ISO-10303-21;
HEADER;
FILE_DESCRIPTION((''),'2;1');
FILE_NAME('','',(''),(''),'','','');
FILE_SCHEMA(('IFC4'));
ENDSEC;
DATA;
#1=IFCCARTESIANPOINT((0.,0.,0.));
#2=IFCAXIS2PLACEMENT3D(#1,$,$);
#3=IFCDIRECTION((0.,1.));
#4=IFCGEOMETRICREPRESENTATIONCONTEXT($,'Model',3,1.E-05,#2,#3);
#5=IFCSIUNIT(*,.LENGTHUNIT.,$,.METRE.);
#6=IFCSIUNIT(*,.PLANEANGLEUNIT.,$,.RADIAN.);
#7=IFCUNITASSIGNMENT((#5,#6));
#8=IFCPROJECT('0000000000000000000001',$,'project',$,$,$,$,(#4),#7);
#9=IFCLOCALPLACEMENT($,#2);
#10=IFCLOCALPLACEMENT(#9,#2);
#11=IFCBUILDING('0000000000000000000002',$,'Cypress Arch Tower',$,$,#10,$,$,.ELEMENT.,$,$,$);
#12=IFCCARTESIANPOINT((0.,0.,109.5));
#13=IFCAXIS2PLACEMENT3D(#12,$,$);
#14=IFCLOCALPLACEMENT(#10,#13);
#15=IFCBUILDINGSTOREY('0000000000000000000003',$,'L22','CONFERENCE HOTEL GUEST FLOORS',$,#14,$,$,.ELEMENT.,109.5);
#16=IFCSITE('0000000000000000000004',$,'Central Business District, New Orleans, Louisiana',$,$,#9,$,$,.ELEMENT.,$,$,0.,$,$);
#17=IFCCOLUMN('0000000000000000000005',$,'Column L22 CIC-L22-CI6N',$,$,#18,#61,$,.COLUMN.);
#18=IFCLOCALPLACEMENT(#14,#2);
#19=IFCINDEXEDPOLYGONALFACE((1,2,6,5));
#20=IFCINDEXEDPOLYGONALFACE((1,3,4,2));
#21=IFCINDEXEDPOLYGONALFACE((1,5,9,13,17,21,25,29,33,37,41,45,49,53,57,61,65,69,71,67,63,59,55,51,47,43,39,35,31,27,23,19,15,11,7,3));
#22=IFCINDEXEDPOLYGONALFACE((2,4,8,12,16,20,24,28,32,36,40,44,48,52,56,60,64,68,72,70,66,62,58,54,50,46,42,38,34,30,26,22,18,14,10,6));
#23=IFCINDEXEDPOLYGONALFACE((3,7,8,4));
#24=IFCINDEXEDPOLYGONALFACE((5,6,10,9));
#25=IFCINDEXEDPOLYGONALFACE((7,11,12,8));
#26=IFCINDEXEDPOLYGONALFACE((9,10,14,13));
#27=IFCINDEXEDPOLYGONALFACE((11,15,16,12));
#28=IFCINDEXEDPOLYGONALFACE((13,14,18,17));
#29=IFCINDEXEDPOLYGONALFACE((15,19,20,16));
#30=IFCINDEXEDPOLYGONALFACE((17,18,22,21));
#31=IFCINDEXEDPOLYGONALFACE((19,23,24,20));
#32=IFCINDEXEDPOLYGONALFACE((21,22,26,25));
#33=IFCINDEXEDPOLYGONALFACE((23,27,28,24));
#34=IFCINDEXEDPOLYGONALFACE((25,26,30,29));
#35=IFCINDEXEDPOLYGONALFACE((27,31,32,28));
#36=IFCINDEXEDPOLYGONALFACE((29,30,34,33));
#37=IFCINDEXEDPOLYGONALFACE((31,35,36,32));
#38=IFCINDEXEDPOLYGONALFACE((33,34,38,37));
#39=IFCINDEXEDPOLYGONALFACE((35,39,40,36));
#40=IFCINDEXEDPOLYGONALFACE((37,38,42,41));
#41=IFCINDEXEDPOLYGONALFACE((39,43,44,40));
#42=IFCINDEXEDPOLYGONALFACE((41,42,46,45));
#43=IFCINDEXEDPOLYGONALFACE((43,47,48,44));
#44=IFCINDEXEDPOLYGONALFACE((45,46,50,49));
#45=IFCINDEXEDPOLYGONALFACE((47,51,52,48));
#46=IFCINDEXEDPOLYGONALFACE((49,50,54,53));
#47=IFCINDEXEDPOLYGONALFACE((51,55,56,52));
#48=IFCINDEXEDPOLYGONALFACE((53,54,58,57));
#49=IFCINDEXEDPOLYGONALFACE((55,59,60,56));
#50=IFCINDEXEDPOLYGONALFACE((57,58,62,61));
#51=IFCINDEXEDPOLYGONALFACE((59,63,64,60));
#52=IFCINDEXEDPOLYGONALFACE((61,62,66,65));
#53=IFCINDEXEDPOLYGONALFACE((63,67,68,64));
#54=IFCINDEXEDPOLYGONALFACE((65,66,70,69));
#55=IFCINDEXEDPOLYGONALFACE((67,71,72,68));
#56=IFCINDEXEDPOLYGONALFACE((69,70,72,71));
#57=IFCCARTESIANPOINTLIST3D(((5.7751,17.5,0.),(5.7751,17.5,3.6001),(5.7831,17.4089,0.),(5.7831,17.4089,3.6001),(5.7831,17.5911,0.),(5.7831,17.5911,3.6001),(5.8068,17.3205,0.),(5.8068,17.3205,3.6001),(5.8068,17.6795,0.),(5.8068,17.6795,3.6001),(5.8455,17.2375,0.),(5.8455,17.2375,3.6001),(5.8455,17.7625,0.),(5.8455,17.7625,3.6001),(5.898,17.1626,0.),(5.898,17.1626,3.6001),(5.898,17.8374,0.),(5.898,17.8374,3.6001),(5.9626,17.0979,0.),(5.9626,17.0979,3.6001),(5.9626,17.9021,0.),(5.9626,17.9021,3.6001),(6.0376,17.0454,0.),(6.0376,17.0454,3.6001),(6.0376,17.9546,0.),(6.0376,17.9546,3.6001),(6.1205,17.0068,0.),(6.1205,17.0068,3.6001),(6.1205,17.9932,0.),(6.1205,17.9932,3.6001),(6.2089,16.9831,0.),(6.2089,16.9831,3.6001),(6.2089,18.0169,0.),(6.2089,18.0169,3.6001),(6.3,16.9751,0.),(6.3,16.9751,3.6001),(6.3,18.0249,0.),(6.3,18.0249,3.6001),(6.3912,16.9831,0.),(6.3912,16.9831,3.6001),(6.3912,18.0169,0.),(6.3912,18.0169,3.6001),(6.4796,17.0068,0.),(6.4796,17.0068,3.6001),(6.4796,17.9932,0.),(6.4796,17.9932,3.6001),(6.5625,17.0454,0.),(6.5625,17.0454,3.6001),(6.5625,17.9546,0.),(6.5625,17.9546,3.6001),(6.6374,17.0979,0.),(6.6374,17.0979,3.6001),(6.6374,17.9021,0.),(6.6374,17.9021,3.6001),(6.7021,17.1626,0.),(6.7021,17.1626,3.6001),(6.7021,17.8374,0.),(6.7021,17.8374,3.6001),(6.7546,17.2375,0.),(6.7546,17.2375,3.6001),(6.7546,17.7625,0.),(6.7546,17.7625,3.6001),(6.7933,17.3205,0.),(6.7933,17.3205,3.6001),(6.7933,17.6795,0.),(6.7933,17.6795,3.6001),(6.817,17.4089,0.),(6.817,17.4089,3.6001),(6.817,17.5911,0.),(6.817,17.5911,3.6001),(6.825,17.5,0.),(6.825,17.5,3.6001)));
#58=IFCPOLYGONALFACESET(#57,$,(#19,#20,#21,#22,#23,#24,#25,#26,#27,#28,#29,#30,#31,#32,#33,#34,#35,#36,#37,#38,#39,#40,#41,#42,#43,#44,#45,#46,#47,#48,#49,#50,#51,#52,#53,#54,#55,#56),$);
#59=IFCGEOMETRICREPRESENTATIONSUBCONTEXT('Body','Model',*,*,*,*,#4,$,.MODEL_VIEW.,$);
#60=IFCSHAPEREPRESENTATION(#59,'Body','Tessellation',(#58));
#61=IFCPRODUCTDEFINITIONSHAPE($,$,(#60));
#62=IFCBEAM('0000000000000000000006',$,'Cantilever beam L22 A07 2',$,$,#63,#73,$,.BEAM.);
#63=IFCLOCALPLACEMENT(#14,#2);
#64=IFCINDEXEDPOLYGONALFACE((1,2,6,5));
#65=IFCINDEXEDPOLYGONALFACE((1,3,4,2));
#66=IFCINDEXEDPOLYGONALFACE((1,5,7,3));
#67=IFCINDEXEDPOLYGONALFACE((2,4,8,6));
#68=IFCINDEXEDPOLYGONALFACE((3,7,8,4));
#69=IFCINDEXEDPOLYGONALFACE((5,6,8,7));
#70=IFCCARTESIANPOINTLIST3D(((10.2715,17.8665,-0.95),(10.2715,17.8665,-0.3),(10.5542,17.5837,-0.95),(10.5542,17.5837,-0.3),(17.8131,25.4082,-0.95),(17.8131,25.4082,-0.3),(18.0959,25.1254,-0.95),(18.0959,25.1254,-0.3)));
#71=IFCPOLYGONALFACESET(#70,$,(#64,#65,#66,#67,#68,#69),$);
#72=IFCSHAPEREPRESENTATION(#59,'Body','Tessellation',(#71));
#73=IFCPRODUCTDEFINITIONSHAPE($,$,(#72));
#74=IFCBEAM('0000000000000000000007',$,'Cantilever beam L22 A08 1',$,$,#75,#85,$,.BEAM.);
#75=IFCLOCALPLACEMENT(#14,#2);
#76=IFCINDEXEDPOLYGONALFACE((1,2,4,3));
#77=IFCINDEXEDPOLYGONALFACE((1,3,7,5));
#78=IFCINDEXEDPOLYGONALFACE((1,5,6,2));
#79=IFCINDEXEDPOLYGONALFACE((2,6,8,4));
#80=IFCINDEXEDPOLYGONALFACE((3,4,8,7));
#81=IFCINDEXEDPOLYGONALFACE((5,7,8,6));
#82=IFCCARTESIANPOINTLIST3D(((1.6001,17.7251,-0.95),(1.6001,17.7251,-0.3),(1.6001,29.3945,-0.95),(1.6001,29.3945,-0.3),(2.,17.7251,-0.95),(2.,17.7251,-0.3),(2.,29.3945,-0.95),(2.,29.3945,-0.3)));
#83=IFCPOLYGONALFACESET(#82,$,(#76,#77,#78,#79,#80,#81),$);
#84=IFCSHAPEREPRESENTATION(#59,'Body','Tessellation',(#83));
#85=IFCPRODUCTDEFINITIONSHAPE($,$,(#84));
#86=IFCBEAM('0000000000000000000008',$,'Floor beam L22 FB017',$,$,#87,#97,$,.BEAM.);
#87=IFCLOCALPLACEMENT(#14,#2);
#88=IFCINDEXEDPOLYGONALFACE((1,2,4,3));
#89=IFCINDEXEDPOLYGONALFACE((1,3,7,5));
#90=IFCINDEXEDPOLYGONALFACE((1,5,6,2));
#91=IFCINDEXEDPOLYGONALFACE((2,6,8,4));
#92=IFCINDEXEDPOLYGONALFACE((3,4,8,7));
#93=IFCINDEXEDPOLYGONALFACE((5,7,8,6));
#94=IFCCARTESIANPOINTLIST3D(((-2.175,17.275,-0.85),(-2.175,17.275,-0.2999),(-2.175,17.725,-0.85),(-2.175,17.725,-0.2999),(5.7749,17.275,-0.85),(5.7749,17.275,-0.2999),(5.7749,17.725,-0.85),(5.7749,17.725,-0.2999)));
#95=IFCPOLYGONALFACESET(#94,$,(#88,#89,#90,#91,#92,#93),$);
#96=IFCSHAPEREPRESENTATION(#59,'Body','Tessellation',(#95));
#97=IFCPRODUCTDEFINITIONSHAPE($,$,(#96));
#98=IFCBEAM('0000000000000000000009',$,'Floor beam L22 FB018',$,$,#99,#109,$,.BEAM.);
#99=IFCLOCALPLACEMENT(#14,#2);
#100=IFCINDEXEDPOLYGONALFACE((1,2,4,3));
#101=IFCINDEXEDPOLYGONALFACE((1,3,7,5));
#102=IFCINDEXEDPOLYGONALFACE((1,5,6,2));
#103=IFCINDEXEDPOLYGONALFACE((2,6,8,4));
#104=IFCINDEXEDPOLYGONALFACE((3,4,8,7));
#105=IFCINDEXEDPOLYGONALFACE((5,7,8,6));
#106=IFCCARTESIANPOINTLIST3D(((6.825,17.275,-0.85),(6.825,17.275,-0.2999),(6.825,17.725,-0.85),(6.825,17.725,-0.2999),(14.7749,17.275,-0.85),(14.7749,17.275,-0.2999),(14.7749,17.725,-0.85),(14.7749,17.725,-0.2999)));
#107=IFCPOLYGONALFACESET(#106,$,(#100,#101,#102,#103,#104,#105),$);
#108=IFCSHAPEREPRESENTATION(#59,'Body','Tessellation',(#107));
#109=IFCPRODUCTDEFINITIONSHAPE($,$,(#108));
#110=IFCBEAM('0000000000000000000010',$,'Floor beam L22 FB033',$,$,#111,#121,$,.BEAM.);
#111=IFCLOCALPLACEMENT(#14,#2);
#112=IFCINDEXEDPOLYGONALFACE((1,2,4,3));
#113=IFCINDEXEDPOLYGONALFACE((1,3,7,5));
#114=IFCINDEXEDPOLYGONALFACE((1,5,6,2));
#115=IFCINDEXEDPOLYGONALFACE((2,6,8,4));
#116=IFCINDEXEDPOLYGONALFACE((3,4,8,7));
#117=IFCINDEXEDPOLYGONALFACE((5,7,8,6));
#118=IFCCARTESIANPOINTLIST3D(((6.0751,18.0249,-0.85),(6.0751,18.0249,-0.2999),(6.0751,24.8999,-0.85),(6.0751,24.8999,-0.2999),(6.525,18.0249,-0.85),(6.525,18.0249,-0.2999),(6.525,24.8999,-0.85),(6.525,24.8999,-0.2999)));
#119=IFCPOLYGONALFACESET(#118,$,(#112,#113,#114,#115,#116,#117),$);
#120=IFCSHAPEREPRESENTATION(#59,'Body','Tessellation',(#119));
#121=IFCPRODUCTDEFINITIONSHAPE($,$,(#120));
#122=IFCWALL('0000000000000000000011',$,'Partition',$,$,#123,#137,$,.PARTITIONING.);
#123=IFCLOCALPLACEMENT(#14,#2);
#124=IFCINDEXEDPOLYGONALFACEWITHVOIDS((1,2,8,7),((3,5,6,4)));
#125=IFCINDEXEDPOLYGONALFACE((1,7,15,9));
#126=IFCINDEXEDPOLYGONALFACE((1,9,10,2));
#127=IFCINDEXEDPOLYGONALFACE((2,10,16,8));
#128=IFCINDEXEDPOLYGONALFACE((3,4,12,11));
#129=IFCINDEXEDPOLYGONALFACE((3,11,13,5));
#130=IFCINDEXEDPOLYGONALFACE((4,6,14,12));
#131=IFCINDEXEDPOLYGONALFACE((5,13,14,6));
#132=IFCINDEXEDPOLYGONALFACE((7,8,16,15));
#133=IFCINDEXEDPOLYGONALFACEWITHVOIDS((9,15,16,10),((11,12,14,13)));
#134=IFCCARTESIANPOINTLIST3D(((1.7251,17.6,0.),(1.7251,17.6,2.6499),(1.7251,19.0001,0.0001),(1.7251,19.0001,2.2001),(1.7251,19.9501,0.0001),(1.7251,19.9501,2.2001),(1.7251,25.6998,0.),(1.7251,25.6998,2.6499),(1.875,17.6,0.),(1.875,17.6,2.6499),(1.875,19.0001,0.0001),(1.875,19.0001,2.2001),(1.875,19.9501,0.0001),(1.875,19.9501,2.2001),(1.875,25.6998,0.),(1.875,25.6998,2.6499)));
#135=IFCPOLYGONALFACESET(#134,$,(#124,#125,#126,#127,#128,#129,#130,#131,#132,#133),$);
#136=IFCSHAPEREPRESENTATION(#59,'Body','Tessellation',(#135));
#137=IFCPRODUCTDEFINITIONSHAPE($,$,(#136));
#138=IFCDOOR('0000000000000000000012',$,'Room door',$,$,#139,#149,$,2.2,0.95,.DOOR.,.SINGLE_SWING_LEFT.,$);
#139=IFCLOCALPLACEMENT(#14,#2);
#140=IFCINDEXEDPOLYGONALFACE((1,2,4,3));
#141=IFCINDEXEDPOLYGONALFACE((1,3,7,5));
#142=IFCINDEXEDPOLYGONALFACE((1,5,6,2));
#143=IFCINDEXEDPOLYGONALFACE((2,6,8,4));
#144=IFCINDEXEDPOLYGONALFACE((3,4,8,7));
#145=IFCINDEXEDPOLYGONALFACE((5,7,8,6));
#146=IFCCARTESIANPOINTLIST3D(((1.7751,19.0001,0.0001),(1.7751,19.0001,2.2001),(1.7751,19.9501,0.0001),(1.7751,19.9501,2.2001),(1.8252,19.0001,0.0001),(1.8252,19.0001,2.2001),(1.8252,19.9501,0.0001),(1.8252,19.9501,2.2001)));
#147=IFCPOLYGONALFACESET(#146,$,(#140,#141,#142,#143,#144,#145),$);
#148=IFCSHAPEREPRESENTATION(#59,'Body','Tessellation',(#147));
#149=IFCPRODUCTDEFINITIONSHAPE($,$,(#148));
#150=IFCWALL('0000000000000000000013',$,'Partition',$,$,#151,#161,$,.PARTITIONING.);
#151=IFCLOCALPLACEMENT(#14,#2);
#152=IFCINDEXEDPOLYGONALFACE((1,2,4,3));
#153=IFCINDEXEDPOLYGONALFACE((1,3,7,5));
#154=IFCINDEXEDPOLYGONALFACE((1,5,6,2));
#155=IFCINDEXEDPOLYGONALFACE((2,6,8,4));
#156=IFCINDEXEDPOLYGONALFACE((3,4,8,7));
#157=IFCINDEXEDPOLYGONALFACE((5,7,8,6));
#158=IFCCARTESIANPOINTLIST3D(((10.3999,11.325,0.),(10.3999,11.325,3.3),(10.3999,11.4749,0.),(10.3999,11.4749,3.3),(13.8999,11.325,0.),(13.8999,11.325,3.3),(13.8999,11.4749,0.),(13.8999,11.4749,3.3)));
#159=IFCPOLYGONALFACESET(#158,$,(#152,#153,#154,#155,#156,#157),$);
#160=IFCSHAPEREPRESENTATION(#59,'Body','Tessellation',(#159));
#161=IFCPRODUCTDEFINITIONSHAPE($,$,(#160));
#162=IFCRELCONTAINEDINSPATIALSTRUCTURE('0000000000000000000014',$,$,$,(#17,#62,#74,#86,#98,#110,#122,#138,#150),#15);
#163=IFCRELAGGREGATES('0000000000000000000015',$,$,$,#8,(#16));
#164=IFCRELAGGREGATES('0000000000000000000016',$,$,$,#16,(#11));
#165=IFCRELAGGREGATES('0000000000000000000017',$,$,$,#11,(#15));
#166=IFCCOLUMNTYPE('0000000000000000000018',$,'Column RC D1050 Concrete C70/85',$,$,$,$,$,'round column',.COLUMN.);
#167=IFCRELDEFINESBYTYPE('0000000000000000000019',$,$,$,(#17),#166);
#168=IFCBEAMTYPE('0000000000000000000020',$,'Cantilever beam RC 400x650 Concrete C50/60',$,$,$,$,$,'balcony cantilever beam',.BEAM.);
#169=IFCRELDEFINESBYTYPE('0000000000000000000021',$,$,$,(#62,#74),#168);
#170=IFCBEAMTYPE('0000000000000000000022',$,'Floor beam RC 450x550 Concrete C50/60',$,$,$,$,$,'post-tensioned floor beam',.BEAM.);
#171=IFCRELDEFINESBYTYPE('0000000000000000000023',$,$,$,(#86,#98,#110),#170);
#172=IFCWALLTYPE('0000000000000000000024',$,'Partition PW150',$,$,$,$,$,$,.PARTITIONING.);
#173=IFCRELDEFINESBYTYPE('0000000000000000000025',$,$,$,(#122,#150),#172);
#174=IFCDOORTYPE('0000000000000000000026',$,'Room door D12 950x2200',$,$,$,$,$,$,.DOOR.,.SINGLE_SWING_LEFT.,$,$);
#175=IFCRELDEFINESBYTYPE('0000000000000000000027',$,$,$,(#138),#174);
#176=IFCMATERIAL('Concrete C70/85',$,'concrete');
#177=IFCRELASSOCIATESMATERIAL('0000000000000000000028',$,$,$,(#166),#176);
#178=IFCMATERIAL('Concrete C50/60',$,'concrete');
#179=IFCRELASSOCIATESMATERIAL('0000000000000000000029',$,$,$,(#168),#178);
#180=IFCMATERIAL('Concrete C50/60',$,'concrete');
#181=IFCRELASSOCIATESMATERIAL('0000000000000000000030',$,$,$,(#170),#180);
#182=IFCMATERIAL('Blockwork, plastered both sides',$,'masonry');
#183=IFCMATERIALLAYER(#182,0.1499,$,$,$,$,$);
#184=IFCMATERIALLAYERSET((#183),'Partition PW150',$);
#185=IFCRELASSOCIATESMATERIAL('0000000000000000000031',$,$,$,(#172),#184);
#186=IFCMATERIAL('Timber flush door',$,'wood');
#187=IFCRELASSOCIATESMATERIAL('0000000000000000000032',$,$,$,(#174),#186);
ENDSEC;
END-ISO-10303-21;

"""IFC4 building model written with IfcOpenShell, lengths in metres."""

from ifc_helpers import new_model, si_unit, direction, frame, frame_2d, origin, origin_2d, place, context, subcontext, project, spatial, rectangle, circle, extrude, material, layer, layer_set, material_profile, profile_set, type_object, element, fill, save


model = new_model("IFC4")

# Units and contexts
model_context = context("Model", 3, precision=1e-05, world=origin(), true_north=direction((0.0, 1.0)))
body_context = subcontext(model_context, "Body", "Model", "MODEL_VIEW")
ifc_project = project(units=[si_unit("LENGTHUNIT", "METRE"), si_unit("PLANEANGLEUNIT", "RADIAN")], contexts=[model_context])

# Site, building, storey
site_placement = place(None, origin())
site = spatial("IfcSite", under=ifc_project, at=site_placement, Name="Central Business District, New Orleans, Louisiana", CompositionType="ELEMENT", RefElevation=0.0)
building_placement = place(site_placement, origin())
building = spatial("IfcBuilding", under=site, at=building_placement, Name="Cypress Arch Tower", CompositionType="ELEMENT")
storey_placement = place(building_placement, frame((0.0, 0.0, 109.5)))
storey = spatial("IfcBuildingStorey", under=building, at=storey_placement, Name="L22", Description="CONFERENCE HOTEL GUEST FLOORS", CompositionType="ELEMENT", Elevation=109.5)

# Column
ifc_material_1 = material(Name="Concrete C70/85", Category="concrete")
ifc_material_profile_1 = material_profile(ifc_material_1, circle(Radius=0.5249, at=origin_2d()), Name="RC D1050")
ifc_profile_set_1 = profile_set([ifc_material_profile_1], Name="Concrete C70/85")
column_type = type_object("IfcColumnType", Name="Column RC D1050 Concrete C70/85", ElementType="round column", PredefinedType="COLUMN", material=ifc_profile_set_1)
column_placement = place(storey_placement, frame((6.3, 17.5, 0.0), z_axis=(0.0, 0.0, 1.0), x_axis=(1.0, 0.0, 0.0)))
element("IfcColumn", 1, at=column_placement, inside=storey, type_object=column_type, Name="Column L22 CIC-L22-CI6N", PredefinedType="COLUMN", context=body_context, shape_type="SweptSolid", body=[
    extrude(circle(Radius=0.5249, at=origin_2d()), origin(), (0.0, 0.0, 1.0), 3.6001),
])

# Beams
ifc_material_2 = material(Name="Concrete C50/60", Category="concrete")
ifc_material_profile_2 = material_profile(ifc_material_2, rectangle(XDim=0.3999, YDim=0.6499, at=origin_2d()), Name="RC 400x650")
ifc_profile_set_2 = profile_set([ifc_material_profile_2], Name="Concrete C50/60")
beam_type_1 = type_object("IfcBeamType", Name="Cantilever beam RC 400x650 Concrete C50/60", ElementType="balcony cantilever beam", PredefinedType="BEAM", material=ifc_profile_set_2)
beam_1_placement = place(storey_placement, frame((10.4128, 17.7251, -0.625), z_axis=(0.707107, 0.707107, 0.0), x_axis=(-0.707107, 0.707107, 0.0)))
element("IfcBeam", 2, at=beam_1_placement, inside=storey, type_object=beam_type_1, Name="Cantilever beam L22 A07 2", PredefinedType="BEAM", context=body_context, shape_type="SweptSolid", body=[
    extrude(rectangle(XDim=0.3999, YDim=0.6499, at=origin_2d()), origin(), (0.0, 0.0, 1.0), 10.6655),
])
beam_2_placement = place(storey_placement, frame((1.8, 17.7251, -0.625), z_axis=(0.0, 1.0, 0.0), x_axis=(-1.0, 0.0, 0.0)))
element("IfcBeam", 3, at=beam_2_placement, inside=storey, type_object=beam_type_1, Name="Cantilever beam L22 A08 1", PredefinedType="BEAM", context=body_context, shape_type="SweptSolid", body=[
    extrude(rectangle(XDim=0.3999, YDim=0.6499, at=origin_2d()), origin(), (0.0, 0.0, 1.0), 11.6694),
])
ifc_material_3 = material(Name="Concrete C50/60", Category="concrete")
ifc_material_profile_3 = material_profile(ifc_material_3, rectangle(XDim=0.45, YDim=0.55, at=origin_2d()), Name="RC 450x550")
ifc_profile_set_3 = profile_set([ifc_material_profile_3], Name="Concrete C50/60")
beam_type_2 = type_object("IfcBeamType", Name="Floor beam RC 450x550 Concrete C50/60", ElementType="post-tensioned floor beam", PredefinedType="BEAM", material=ifc_profile_set_3)
for number, where, z_axis, x_axis, name in (
    (4, (-2.175, 17.5, -0.575), (1.0, 0.0, 0.0), (0.0, 1.0, 0.0), "Floor beam L22 FB017"),
    (5, (6.825, 17.5, -0.575), (1.0, 0.0, 0.0), (0.0, 1.0, 0.0), "Floor beam L22 FB018"),
):
    element("IfcBeam", number, at=place(storey_placement, frame(where, z_axis=z_axis, x_axis=x_axis)), inside=storey, type_object=beam_type_2, Name=name, PredefinedType="BEAM", context=body_context, shape_type="SweptSolid", body=[
        extrude(rectangle(XDim=0.45, YDim=0.55, at=origin_2d()), origin(), (0.0, 0.0, 1.0), 7.95),
    ])
beam_3_placement = place(storey_placement, frame((6.3, 18.0249, -0.575), z_axis=(0.0, 1.0, 0.0), x_axis=(-1.0, 0.0, 0.0)))
element("IfcBeam", 6, at=beam_3_placement, inside=storey, type_object=beam_type_2, Name="Floor beam L22 FB033", PredefinedType="BEAM", context=body_context, shape_type="SweptSolid", body=[
    extrude(rectangle(XDim=0.45, YDim=0.55, at=origin_2d()), origin(), (0.0, 0.0, 1.0), 6.875),
])

# Wall, opening, door
ifc_material_4 = material(Name="Blockwork, plastered both sides", Category="masonry")
ifc_layer_1 = layer(ifc_material_4, 0.1499)
ifc_layer_set_1 = layer_set([ifc_layer_1], Name="Partition PW150")
wall_type_1 = type_object("IfcWallType", Name="Partition PW150", PredefinedType="PARTITIONING", material=ifc_layer_set_1)
wall_1_placement = place(storey_placement, frame((1.8, 17.6001, 0.0), z_axis=(0.0, 0.0, 1.0), x_axis=(0.0, 1.0, 0.0)))
wall_1 = element("IfcWall", 7, at=wall_1_placement, inside=storey, type_object=wall_type_1, Name="Partition", PredefinedType="PARTITIONING", context=body_context, shape_type="SweptSolid", body=[
    extrude(rectangle(XDim=8.0999, YDim=0.1499, at=frame_2d((4.0498, 0.0))), origin(), (0.0, 0.0, 1.0), 2.6499),
])
opening_1_placement = place(wall_1_placement, frame((1.3999, 0.0, 0.0)))
opening_1 = element("IfcOpeningElement", 8, at=opening_1_placement, cuts=wall_1, PredefinedType="OPENING", context=body_context, shape_type="SweptSolid", body=[
    extrude(rectangle(XDim=0.95, YDim=2.2, at=frame_2d((0.4751, 1.1001))), frame((0.0, 0.085, 0.0), z_axis=(0.0, -1.0, 0.0), x_axis=(1.0, 0.0, 0.0)), (0.0, 0.0, 1.0), 0.1699),
])
ifc_material_5 = material(Name="Timber flush door", Category="wood")
door_type_1 = type_object("IfcDoorType", Name="Room door D12 950x2200", OperationType="SINGLE_SWING_LEFT", PredefinedType="DOOR", material=ifc_material_5)
door_1_placement = place(opening_1_placement, origin())
door_1 = element("IfcDoor", 9, at=door_1_placement, inside=storey, type_object=door_type_1, Name="Room door", OperationType="SINGLE_SWING_LEFT", OverallHeight=2.2, OverallWidth=0.95, PredefinedType="DOOR", context=body_context, shape_type="SweptSolid", body=[
    extrude(rectangle(XDim=0.95, YDim=2.2, at=frame_2d((0.4751, 1.1001))), frame((0.0, 0.0249, 0.0), z_axis=(0.0, -1.0, 0.0), x_axis=(1.0, 0.0, 0.0)), (0.0, 0.0, 1.0), 0.05),
])
fill(opening_1, door_1)

# Wall
wall_2_placement = place(storey_placement, frame((10.3999, 11.3999, 0.0), z_axis=(0.0, 0.0, 1.0), x_axis=(1.0, 0.0, 0.0)))
element("IfcWall", 10, at=wall_2_placement, inside=storey, type_object=wall_type_1, Name="Partition", PredefinedType="PARTITIONING", context=body_context, shape_type="SweptSolid", body=[
    extrude(rectangle(XDim=3.5, YDim=0.1499, at=frame_2d((1.75, 0.0))), origin(), (0.0, 0.0, 1.0), 3.3),
])

save(model, "model.ifc")
